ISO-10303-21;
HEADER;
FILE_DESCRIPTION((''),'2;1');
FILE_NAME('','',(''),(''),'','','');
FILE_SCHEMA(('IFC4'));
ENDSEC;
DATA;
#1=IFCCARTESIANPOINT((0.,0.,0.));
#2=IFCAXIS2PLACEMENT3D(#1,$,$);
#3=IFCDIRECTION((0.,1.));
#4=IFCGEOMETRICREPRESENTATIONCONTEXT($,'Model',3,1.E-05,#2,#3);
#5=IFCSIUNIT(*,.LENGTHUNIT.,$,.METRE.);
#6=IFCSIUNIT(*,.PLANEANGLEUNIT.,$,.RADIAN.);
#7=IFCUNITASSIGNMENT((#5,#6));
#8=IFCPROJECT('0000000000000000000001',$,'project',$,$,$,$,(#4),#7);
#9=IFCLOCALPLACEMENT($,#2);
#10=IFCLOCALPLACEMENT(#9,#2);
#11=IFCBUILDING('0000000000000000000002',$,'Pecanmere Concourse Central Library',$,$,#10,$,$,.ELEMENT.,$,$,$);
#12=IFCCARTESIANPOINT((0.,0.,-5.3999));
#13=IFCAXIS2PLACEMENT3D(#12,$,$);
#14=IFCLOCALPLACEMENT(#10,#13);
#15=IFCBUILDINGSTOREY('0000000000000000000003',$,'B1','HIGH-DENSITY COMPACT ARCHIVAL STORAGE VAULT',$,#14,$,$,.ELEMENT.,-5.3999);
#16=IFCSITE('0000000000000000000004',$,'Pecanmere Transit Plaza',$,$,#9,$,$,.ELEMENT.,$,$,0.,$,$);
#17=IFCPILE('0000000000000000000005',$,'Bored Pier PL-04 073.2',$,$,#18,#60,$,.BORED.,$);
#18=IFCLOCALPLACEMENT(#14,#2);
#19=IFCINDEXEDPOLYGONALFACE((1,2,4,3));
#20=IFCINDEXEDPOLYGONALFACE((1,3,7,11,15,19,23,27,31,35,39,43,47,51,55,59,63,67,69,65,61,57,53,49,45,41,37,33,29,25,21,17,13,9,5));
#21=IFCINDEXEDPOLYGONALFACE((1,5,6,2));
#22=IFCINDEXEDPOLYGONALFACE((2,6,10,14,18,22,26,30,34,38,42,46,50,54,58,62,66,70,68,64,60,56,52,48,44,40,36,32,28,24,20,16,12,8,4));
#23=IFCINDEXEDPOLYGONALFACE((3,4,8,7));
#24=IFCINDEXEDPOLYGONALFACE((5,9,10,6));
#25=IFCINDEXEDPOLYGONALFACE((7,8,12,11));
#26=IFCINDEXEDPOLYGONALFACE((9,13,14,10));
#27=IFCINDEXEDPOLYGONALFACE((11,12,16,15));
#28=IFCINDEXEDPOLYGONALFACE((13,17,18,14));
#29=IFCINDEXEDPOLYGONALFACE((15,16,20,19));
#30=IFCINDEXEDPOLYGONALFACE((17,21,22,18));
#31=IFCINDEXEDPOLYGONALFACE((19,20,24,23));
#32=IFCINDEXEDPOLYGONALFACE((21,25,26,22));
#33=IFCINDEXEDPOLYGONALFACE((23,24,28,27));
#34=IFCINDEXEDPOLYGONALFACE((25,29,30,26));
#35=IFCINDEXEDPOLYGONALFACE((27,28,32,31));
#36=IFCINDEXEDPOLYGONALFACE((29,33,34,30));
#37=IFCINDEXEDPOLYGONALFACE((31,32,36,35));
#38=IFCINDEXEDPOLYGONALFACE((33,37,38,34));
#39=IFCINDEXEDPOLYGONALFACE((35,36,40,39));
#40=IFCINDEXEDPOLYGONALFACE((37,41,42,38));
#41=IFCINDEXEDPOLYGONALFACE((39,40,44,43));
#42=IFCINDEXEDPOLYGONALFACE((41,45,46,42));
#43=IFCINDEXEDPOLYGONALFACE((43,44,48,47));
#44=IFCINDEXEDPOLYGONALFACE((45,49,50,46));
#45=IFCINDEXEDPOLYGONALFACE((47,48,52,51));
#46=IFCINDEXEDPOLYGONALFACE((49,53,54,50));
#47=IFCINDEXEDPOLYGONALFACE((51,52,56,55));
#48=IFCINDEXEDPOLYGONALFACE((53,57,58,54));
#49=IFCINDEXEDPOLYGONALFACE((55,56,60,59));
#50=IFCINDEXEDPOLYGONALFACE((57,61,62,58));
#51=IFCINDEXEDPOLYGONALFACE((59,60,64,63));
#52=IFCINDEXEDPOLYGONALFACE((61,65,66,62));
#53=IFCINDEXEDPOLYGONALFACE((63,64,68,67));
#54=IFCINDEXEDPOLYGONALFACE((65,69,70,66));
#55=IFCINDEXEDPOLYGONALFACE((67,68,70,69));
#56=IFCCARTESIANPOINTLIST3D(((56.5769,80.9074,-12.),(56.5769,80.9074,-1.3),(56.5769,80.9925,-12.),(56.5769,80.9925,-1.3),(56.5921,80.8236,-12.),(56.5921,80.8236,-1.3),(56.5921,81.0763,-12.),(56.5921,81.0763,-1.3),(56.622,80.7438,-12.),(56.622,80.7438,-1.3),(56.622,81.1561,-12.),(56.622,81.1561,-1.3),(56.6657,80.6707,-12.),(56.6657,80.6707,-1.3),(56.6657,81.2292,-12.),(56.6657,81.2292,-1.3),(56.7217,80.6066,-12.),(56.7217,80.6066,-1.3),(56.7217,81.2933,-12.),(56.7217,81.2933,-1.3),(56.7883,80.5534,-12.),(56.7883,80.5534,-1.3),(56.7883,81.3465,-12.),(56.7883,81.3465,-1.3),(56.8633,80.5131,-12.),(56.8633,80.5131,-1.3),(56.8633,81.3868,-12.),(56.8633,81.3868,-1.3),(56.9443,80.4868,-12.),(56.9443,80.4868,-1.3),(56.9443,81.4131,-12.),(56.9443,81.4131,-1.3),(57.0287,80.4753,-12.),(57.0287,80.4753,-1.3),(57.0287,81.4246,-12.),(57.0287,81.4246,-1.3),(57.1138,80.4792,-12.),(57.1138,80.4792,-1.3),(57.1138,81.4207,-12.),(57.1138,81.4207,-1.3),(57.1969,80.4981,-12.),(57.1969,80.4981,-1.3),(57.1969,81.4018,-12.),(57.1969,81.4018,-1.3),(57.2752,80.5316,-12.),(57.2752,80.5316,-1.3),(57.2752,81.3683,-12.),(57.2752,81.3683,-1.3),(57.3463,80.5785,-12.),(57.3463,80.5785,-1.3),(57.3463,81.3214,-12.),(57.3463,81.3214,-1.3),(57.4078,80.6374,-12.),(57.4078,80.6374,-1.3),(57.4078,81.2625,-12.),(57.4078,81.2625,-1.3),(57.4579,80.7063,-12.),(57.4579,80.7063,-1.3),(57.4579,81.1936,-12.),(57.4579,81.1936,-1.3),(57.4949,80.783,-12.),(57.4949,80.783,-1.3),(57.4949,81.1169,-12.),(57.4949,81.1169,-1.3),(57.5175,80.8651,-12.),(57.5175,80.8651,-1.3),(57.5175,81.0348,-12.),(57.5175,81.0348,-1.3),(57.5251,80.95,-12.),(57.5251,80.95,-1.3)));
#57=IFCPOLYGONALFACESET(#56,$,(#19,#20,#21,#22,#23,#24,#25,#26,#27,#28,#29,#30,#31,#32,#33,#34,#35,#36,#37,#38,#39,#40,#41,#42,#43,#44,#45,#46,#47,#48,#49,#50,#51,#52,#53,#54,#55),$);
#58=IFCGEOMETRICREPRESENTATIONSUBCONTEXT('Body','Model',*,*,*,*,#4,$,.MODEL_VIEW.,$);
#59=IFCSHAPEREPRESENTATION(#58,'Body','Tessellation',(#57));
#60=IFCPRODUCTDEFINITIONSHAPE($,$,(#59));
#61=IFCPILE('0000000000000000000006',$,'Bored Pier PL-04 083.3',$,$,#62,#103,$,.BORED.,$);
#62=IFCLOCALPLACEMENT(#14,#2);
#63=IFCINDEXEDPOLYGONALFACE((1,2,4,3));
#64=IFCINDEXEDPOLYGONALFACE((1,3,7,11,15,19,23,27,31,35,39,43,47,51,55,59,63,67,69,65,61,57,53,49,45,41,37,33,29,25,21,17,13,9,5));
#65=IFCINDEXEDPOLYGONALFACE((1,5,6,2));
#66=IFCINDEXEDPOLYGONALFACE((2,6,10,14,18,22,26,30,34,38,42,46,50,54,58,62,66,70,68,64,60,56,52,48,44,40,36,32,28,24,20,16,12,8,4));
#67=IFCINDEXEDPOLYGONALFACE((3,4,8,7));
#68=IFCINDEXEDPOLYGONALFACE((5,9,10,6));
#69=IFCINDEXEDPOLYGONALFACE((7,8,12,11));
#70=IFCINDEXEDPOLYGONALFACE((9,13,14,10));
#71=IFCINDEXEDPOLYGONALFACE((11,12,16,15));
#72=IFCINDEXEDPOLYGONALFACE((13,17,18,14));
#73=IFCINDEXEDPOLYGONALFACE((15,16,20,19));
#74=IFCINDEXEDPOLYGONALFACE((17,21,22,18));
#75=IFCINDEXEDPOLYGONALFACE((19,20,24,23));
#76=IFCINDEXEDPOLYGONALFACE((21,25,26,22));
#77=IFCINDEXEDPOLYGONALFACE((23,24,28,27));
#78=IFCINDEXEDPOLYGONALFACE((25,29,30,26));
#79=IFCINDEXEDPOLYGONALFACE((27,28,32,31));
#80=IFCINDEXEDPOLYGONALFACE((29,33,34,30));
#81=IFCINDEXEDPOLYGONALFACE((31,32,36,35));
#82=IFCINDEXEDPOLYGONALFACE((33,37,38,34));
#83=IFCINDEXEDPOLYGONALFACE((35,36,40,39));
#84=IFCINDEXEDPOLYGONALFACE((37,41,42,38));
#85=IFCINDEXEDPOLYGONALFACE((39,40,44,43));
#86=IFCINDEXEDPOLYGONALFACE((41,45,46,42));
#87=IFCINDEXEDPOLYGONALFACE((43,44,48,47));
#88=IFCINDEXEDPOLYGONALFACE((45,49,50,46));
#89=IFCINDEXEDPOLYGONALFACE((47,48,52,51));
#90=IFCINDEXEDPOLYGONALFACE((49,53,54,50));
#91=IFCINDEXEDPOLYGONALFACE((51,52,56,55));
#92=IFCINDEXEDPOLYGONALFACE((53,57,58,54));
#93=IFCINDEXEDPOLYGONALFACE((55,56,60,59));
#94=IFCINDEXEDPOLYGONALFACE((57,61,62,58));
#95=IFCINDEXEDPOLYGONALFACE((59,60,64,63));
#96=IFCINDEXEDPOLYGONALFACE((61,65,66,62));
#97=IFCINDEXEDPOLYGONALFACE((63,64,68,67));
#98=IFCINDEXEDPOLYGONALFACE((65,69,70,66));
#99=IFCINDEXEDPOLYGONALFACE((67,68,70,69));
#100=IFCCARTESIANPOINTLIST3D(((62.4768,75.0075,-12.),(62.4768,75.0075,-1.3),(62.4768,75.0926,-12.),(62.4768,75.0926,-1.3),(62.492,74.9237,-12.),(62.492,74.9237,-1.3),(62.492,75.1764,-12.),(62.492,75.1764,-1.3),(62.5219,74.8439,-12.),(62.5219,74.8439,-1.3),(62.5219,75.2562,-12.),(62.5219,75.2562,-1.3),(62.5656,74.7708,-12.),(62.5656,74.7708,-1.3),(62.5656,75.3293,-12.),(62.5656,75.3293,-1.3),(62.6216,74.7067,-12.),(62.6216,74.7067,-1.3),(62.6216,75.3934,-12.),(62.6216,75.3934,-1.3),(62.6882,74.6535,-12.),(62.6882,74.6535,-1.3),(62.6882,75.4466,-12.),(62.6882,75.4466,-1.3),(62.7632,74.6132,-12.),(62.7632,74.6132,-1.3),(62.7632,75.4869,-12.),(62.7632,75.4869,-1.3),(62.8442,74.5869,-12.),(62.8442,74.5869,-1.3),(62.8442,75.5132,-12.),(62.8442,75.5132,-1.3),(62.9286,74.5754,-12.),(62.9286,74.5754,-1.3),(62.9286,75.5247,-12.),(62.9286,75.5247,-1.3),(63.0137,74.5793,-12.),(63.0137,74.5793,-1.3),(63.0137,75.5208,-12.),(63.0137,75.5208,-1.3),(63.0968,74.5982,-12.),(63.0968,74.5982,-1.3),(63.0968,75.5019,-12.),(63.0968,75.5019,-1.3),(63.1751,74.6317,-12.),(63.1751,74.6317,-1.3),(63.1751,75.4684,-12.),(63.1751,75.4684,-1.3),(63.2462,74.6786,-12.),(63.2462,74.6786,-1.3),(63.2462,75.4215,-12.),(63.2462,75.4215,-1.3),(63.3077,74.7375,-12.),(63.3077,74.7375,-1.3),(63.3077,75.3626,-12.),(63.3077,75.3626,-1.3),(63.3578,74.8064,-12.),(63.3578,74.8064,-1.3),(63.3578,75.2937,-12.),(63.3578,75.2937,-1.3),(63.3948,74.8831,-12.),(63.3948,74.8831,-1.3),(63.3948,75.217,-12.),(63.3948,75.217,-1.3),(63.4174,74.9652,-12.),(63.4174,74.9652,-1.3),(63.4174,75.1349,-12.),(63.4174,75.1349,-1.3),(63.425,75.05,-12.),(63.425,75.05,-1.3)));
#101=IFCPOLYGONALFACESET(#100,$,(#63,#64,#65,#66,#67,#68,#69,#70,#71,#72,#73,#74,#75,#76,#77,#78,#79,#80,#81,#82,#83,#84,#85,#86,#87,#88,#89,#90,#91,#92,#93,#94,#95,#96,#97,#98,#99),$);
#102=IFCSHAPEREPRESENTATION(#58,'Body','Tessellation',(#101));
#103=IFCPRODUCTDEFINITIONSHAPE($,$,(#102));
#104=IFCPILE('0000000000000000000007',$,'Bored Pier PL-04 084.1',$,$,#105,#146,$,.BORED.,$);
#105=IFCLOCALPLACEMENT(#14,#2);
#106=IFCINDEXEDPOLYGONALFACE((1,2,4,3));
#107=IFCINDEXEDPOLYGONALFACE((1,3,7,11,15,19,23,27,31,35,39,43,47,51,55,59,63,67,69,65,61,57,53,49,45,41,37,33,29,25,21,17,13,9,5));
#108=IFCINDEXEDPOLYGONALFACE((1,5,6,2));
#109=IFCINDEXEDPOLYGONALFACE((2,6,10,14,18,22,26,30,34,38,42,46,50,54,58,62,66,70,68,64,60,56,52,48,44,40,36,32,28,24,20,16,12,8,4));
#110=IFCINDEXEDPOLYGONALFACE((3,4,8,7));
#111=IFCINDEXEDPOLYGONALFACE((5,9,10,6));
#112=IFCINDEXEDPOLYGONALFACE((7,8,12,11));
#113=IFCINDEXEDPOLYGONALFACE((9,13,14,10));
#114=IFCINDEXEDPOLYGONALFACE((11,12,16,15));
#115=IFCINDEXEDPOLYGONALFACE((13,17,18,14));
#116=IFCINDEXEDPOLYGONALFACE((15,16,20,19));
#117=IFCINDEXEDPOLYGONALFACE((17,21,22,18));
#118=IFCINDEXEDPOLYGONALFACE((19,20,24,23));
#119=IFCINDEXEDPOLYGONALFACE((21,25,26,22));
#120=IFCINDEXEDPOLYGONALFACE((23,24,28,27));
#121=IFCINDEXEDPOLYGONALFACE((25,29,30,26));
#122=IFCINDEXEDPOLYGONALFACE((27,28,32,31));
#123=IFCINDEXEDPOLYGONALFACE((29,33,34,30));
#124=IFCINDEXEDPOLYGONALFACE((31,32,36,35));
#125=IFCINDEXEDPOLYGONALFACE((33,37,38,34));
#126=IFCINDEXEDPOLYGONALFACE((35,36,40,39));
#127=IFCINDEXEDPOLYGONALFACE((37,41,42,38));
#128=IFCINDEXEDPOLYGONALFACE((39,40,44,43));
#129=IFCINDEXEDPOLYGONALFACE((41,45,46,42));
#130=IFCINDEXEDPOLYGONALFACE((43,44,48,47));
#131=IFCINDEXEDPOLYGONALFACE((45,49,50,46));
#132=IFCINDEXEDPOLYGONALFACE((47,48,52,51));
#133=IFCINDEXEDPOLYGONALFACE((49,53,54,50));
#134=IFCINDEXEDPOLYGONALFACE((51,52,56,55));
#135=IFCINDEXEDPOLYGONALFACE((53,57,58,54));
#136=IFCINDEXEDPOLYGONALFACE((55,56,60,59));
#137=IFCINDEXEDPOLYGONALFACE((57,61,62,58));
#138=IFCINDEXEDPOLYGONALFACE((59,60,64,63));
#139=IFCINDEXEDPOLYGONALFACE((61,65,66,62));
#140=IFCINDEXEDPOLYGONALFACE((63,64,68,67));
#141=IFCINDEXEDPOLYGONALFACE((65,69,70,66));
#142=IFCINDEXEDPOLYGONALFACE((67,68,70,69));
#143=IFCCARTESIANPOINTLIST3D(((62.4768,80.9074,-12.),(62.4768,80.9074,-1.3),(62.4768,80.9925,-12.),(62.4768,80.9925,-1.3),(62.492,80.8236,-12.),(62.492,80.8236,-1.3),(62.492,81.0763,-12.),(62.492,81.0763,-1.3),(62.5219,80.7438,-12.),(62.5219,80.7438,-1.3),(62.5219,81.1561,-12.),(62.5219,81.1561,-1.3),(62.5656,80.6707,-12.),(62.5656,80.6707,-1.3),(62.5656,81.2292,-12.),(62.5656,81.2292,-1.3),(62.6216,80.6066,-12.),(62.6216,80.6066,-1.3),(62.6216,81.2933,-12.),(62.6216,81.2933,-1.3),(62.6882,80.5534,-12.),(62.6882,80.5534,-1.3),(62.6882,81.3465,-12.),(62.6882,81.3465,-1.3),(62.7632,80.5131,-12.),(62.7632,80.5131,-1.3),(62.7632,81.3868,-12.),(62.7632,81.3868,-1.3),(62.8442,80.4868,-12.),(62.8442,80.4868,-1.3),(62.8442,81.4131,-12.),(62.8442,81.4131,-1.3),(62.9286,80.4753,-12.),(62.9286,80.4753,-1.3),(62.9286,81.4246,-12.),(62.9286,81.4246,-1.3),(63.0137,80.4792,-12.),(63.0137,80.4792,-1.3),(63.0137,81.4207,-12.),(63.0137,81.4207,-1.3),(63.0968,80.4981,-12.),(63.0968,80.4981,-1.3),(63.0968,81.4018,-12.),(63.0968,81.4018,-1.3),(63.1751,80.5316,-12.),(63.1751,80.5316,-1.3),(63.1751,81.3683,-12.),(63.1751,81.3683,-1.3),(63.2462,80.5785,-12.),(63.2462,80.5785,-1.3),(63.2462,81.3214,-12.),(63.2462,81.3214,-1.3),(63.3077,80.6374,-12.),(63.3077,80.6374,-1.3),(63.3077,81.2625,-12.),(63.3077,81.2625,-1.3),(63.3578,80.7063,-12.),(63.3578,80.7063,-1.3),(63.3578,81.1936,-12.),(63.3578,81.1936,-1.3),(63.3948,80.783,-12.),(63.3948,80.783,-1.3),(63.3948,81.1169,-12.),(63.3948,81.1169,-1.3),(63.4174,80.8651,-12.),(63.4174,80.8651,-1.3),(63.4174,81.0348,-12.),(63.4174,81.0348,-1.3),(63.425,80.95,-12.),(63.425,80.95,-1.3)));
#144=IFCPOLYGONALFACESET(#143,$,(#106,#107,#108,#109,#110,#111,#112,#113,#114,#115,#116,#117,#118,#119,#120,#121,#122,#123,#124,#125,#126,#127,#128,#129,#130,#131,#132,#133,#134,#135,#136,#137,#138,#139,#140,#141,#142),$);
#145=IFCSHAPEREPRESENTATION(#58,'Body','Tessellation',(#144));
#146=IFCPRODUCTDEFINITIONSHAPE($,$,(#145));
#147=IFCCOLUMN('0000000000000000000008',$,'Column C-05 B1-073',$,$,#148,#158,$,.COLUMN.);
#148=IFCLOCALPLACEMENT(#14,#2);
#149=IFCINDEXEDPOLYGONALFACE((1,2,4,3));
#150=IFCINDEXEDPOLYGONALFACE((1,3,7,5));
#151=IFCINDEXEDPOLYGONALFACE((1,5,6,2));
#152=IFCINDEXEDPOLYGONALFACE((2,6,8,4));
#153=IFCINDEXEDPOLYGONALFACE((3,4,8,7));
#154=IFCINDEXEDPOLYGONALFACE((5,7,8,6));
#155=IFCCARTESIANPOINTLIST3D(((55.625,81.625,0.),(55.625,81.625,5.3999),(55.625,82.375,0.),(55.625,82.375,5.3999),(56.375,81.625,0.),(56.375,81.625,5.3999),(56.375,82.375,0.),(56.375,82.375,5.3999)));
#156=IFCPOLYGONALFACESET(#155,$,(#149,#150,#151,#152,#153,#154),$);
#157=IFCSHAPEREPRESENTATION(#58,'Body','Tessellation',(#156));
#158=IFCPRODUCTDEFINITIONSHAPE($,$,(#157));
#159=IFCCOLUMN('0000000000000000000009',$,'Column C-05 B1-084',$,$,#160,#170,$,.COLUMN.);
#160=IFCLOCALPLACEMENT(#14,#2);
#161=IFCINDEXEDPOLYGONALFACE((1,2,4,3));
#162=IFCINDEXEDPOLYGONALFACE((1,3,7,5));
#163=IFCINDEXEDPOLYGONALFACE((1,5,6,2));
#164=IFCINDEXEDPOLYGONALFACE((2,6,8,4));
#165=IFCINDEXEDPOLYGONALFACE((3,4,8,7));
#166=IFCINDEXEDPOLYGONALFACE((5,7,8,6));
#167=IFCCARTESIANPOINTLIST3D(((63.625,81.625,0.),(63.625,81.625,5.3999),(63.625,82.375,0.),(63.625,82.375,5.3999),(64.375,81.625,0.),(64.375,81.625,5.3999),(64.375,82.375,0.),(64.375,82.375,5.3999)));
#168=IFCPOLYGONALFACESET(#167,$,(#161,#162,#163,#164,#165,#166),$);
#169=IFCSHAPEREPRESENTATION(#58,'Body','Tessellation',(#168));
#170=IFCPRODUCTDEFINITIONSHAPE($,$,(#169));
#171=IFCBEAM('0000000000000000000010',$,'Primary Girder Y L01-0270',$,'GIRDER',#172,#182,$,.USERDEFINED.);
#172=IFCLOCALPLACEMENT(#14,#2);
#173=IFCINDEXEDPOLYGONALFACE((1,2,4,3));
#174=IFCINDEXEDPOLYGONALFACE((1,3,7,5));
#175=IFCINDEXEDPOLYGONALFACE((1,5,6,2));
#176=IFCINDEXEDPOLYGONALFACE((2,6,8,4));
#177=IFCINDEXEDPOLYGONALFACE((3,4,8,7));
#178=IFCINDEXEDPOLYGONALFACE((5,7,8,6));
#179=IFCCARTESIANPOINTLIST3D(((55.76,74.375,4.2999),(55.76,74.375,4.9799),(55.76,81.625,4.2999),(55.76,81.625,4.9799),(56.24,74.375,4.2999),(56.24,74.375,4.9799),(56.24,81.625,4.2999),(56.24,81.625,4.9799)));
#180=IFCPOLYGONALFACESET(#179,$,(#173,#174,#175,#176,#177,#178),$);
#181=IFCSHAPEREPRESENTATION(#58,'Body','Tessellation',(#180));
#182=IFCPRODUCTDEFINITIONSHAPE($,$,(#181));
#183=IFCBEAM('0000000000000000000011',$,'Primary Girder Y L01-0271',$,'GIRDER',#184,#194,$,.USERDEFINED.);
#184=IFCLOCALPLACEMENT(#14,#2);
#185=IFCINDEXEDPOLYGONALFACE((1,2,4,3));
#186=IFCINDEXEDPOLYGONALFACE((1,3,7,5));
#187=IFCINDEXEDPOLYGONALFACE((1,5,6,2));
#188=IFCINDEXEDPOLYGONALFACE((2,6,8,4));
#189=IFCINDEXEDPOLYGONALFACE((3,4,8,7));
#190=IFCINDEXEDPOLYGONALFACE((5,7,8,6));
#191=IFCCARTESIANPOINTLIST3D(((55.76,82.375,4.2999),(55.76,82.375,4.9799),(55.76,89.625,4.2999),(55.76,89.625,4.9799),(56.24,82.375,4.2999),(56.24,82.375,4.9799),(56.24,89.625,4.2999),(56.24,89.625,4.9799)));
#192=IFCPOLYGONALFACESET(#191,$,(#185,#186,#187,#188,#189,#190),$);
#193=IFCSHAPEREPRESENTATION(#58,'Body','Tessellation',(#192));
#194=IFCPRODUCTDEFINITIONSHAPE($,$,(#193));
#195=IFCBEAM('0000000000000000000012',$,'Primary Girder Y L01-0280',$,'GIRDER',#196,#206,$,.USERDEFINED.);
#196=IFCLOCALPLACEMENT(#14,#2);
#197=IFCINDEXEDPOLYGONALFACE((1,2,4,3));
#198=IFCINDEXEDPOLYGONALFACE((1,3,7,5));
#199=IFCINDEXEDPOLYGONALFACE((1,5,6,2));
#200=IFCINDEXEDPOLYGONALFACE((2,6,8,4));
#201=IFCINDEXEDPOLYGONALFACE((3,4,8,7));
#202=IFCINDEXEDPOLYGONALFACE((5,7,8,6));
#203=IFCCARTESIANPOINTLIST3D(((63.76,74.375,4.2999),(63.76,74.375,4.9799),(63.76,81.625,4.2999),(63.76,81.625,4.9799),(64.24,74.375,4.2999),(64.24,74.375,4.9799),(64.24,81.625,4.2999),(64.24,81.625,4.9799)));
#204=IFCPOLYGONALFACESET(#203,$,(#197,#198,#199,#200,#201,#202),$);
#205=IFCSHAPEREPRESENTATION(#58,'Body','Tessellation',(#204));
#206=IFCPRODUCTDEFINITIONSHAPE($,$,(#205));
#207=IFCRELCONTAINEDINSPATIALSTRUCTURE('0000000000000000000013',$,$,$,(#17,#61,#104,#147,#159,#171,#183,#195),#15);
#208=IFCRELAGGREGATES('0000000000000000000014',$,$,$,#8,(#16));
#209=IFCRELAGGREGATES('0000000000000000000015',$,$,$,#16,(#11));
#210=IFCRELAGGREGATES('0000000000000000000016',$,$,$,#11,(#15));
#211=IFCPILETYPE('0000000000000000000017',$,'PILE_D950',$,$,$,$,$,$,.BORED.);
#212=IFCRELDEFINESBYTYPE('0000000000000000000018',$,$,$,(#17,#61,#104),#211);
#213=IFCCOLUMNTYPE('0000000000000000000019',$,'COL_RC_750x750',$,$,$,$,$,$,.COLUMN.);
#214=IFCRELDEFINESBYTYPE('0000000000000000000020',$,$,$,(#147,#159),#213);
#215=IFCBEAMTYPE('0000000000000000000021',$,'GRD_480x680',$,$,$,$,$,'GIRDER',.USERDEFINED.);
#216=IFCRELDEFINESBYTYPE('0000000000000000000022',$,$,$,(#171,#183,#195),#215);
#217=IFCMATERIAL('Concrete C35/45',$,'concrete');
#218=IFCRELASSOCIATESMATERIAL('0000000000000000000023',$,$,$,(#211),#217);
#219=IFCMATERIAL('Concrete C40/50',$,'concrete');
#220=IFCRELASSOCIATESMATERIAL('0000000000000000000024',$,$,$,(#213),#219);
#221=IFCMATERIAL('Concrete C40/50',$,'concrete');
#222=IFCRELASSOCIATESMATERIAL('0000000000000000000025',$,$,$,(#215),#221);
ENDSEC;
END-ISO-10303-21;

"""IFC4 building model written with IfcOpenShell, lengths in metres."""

from ifc_helpers import new_model, si_unit, direction, frame, origin, origin_2d, place, context, subcontext, project, spatial, rectangle, circle, extrude, material, material_profile, profile_set, type_object, element, save


model = new_model("IFC4")

# Units and contexts
model_context = context("Model", 3, precision=1e-05, world=origin(), true_north=direction((0.0, 1.0)))
body_context = subcontext(model_context, "Body", "Model", "MODEL_VIEW")
ifc_project = project(units=[si_unit("LENGTHUNIT", "METRE"), si_unit("PLANEANGLEUNIT", "RADIAN")], contexts=[model_context])

# Site, building, storey
site_placement = place(None, origin())
site = spatial("IfcSite", under=ifc_project, at=site_placement, Name="Pecanmere Transit Plaza", CompositionType="ELEMENT", RefElevation=0.0)
building_placement = place(site_placement, origin())
building = spatial("IfcBuilding", under=site, at=building_placement, Name="Pecanmere Concourse Central Library", CompositionType="ELEMENT")
storey_placement = place(building_placement, frame((0.0, 0.0, -5.3999)))
storey = spatial("IfcBuildingStorey", under=building, at=storey_placement, Name="B1", Description="HIGH-DENSITY COMPACT ARCHIVAL STORAGE VAULT", CompositionType="ELEMENT", Elevation=-5.3999)

# Piles
ifc_material_1 = material(Name="Concrete C35/45", Category="concrete")
ifc_material_profile_1 = material_profile(ifc_material_1, circle(Radius=0.4751, at=origin_2d()), Name="PIER D950")
ifc_profile_set_1 = profile_set([ifc_material_profile_1], Name="Concrete C35/45")
pile_type = type_object("IfcPileType", Name="PILE_D950", PredefinedType="BORED", material=ifc_profile_set_1)
for number, where, z_axis, x_axis, name in (
    (1, (57.05, 80.95, -1.3), (0.0, 0.0, -1.0), (1.0, 0.0, 0.0), "Bored Pier PL-04 073.2"),
    (2, (62.95, 75.05, -1.3), (0.0, 0.0, -1.0), (1.0, 0.0, 0.0), "Bored Pier PL-04 083.3"),
    (3, (62.95, 80.95, -1.3), (0.0, 0.0, -1.0), (1.0, 0.0, 0.0), "Bored Pier PL-04 084.1"),
):
    element("IfcPile", number, at=place(storey_placement, frame(where, z_axis=z_axis, x_axis=x_axis)), inside=storey, type_object=pile_type, Name=name, PredefinedType="BORED", context=body_context, shape_type="SweptSolid", body=[
        extrude(circle(Radius=0.4751, at=origin_2d()), origin(), (0.0, 0.0, 1.0), 10.7),
    ])

# Columns
ifc_material_2 = material(Name="Concrete C40/50", Category="concrete")
ifc_material_profile_2 = material_profile(ifc_material_2, rectangle(XDim=0.75, YDim=0.75, at=origin_2d()), Name="RC 750x750")
ifc_profile_set_2 = profile_set([ifc_material_profile_2], Name="Concrete C40/50")
column_type = type_object("IfcColumnType", Name="COL_RC_750x750", PredefinedType="COLUMN", material=ifc_profile_set_2)
for number, where, z_axis, x_axis, name in (
    (4, (56.0, 82.0, 0.0), (0.0, 0.0, 1.0), (1.0, 0.0, 0.0), "Column C-05 B1-073"),
    (5, (64.0, 82.0, 0.0), (0.0, 0.0, 1.0), (1.0, 0.0, 0.0), "Column C-05 B1-084"),
):
    element("IfcColumn", number, at=place(storey_placement, frame(where, z_axis=z_axis, x_axis=x_axis)), inside=storey, type_object=column_type, Name=name, PredefinedType="COLUMN", context=body_context, shape_type="SweptSolid", body=[
        extrude(rectangle(XDim=0.75, YDim=0.75, at=origin_2d()), origin(), (0.0, 0.0, 1.0), 5.3999),
    ])

# Beams
ifc_material_3 = material(Name="Concrete C40/50", Category="concrete")
ifc_material_profile_3 = material_profile(ifc_material_3, rectangle(XDim=0.48, YDim=0.6799, at=origin_2d()), Name="RC 480x680")
ifc_profile_set_3 = profile_set([ifc_material_profile_3], Name="Concrete C40/50")
beam_type_1 = type_object("IfcBeamType", Name="GRD_480x680", ElementType="GIRDER", PredefinedType="USERDEFINED", material=ifc_profile_set_3)
for number, where, z_axis, x_axis, name in (
    (6, (56.0, 74.375, 4.6399), (0.0, 1.0, 0.0), (-1.0, 0.0, 0.0), "Primary Girder Y L01-0270"),
    (7, (56.0, 82.375, 4.6399), (0.0, 1.0, 0.0), (-1.0, 0.0, 0.0), "Primary Girder Y L01-0271"),
    (8, (64.0, 74.375, 4.6399), (0.0, 1.0, 0.0), (-1.0, 0.0, 0.0), "Primary Girder Y L01-0280"),
):
    element("IfcBeam", number, at=place(storey_placement, frame(where, z_axis=z_axis, x_axis=x_axis)), inside=storey, type_object=beam_type_1, Name=name, ObjectType="GIRDER", PredefinedType="USERDEFINED", context=body_context, shape_type="SweptSolid", body=[
        extrude(rectangle(XDim=0.48, YDim=0.6799, at=origin_2d()), origin(), (0.0, 0.0, 1.0), 7.25),
    ])

save(model, "model.ifc")
